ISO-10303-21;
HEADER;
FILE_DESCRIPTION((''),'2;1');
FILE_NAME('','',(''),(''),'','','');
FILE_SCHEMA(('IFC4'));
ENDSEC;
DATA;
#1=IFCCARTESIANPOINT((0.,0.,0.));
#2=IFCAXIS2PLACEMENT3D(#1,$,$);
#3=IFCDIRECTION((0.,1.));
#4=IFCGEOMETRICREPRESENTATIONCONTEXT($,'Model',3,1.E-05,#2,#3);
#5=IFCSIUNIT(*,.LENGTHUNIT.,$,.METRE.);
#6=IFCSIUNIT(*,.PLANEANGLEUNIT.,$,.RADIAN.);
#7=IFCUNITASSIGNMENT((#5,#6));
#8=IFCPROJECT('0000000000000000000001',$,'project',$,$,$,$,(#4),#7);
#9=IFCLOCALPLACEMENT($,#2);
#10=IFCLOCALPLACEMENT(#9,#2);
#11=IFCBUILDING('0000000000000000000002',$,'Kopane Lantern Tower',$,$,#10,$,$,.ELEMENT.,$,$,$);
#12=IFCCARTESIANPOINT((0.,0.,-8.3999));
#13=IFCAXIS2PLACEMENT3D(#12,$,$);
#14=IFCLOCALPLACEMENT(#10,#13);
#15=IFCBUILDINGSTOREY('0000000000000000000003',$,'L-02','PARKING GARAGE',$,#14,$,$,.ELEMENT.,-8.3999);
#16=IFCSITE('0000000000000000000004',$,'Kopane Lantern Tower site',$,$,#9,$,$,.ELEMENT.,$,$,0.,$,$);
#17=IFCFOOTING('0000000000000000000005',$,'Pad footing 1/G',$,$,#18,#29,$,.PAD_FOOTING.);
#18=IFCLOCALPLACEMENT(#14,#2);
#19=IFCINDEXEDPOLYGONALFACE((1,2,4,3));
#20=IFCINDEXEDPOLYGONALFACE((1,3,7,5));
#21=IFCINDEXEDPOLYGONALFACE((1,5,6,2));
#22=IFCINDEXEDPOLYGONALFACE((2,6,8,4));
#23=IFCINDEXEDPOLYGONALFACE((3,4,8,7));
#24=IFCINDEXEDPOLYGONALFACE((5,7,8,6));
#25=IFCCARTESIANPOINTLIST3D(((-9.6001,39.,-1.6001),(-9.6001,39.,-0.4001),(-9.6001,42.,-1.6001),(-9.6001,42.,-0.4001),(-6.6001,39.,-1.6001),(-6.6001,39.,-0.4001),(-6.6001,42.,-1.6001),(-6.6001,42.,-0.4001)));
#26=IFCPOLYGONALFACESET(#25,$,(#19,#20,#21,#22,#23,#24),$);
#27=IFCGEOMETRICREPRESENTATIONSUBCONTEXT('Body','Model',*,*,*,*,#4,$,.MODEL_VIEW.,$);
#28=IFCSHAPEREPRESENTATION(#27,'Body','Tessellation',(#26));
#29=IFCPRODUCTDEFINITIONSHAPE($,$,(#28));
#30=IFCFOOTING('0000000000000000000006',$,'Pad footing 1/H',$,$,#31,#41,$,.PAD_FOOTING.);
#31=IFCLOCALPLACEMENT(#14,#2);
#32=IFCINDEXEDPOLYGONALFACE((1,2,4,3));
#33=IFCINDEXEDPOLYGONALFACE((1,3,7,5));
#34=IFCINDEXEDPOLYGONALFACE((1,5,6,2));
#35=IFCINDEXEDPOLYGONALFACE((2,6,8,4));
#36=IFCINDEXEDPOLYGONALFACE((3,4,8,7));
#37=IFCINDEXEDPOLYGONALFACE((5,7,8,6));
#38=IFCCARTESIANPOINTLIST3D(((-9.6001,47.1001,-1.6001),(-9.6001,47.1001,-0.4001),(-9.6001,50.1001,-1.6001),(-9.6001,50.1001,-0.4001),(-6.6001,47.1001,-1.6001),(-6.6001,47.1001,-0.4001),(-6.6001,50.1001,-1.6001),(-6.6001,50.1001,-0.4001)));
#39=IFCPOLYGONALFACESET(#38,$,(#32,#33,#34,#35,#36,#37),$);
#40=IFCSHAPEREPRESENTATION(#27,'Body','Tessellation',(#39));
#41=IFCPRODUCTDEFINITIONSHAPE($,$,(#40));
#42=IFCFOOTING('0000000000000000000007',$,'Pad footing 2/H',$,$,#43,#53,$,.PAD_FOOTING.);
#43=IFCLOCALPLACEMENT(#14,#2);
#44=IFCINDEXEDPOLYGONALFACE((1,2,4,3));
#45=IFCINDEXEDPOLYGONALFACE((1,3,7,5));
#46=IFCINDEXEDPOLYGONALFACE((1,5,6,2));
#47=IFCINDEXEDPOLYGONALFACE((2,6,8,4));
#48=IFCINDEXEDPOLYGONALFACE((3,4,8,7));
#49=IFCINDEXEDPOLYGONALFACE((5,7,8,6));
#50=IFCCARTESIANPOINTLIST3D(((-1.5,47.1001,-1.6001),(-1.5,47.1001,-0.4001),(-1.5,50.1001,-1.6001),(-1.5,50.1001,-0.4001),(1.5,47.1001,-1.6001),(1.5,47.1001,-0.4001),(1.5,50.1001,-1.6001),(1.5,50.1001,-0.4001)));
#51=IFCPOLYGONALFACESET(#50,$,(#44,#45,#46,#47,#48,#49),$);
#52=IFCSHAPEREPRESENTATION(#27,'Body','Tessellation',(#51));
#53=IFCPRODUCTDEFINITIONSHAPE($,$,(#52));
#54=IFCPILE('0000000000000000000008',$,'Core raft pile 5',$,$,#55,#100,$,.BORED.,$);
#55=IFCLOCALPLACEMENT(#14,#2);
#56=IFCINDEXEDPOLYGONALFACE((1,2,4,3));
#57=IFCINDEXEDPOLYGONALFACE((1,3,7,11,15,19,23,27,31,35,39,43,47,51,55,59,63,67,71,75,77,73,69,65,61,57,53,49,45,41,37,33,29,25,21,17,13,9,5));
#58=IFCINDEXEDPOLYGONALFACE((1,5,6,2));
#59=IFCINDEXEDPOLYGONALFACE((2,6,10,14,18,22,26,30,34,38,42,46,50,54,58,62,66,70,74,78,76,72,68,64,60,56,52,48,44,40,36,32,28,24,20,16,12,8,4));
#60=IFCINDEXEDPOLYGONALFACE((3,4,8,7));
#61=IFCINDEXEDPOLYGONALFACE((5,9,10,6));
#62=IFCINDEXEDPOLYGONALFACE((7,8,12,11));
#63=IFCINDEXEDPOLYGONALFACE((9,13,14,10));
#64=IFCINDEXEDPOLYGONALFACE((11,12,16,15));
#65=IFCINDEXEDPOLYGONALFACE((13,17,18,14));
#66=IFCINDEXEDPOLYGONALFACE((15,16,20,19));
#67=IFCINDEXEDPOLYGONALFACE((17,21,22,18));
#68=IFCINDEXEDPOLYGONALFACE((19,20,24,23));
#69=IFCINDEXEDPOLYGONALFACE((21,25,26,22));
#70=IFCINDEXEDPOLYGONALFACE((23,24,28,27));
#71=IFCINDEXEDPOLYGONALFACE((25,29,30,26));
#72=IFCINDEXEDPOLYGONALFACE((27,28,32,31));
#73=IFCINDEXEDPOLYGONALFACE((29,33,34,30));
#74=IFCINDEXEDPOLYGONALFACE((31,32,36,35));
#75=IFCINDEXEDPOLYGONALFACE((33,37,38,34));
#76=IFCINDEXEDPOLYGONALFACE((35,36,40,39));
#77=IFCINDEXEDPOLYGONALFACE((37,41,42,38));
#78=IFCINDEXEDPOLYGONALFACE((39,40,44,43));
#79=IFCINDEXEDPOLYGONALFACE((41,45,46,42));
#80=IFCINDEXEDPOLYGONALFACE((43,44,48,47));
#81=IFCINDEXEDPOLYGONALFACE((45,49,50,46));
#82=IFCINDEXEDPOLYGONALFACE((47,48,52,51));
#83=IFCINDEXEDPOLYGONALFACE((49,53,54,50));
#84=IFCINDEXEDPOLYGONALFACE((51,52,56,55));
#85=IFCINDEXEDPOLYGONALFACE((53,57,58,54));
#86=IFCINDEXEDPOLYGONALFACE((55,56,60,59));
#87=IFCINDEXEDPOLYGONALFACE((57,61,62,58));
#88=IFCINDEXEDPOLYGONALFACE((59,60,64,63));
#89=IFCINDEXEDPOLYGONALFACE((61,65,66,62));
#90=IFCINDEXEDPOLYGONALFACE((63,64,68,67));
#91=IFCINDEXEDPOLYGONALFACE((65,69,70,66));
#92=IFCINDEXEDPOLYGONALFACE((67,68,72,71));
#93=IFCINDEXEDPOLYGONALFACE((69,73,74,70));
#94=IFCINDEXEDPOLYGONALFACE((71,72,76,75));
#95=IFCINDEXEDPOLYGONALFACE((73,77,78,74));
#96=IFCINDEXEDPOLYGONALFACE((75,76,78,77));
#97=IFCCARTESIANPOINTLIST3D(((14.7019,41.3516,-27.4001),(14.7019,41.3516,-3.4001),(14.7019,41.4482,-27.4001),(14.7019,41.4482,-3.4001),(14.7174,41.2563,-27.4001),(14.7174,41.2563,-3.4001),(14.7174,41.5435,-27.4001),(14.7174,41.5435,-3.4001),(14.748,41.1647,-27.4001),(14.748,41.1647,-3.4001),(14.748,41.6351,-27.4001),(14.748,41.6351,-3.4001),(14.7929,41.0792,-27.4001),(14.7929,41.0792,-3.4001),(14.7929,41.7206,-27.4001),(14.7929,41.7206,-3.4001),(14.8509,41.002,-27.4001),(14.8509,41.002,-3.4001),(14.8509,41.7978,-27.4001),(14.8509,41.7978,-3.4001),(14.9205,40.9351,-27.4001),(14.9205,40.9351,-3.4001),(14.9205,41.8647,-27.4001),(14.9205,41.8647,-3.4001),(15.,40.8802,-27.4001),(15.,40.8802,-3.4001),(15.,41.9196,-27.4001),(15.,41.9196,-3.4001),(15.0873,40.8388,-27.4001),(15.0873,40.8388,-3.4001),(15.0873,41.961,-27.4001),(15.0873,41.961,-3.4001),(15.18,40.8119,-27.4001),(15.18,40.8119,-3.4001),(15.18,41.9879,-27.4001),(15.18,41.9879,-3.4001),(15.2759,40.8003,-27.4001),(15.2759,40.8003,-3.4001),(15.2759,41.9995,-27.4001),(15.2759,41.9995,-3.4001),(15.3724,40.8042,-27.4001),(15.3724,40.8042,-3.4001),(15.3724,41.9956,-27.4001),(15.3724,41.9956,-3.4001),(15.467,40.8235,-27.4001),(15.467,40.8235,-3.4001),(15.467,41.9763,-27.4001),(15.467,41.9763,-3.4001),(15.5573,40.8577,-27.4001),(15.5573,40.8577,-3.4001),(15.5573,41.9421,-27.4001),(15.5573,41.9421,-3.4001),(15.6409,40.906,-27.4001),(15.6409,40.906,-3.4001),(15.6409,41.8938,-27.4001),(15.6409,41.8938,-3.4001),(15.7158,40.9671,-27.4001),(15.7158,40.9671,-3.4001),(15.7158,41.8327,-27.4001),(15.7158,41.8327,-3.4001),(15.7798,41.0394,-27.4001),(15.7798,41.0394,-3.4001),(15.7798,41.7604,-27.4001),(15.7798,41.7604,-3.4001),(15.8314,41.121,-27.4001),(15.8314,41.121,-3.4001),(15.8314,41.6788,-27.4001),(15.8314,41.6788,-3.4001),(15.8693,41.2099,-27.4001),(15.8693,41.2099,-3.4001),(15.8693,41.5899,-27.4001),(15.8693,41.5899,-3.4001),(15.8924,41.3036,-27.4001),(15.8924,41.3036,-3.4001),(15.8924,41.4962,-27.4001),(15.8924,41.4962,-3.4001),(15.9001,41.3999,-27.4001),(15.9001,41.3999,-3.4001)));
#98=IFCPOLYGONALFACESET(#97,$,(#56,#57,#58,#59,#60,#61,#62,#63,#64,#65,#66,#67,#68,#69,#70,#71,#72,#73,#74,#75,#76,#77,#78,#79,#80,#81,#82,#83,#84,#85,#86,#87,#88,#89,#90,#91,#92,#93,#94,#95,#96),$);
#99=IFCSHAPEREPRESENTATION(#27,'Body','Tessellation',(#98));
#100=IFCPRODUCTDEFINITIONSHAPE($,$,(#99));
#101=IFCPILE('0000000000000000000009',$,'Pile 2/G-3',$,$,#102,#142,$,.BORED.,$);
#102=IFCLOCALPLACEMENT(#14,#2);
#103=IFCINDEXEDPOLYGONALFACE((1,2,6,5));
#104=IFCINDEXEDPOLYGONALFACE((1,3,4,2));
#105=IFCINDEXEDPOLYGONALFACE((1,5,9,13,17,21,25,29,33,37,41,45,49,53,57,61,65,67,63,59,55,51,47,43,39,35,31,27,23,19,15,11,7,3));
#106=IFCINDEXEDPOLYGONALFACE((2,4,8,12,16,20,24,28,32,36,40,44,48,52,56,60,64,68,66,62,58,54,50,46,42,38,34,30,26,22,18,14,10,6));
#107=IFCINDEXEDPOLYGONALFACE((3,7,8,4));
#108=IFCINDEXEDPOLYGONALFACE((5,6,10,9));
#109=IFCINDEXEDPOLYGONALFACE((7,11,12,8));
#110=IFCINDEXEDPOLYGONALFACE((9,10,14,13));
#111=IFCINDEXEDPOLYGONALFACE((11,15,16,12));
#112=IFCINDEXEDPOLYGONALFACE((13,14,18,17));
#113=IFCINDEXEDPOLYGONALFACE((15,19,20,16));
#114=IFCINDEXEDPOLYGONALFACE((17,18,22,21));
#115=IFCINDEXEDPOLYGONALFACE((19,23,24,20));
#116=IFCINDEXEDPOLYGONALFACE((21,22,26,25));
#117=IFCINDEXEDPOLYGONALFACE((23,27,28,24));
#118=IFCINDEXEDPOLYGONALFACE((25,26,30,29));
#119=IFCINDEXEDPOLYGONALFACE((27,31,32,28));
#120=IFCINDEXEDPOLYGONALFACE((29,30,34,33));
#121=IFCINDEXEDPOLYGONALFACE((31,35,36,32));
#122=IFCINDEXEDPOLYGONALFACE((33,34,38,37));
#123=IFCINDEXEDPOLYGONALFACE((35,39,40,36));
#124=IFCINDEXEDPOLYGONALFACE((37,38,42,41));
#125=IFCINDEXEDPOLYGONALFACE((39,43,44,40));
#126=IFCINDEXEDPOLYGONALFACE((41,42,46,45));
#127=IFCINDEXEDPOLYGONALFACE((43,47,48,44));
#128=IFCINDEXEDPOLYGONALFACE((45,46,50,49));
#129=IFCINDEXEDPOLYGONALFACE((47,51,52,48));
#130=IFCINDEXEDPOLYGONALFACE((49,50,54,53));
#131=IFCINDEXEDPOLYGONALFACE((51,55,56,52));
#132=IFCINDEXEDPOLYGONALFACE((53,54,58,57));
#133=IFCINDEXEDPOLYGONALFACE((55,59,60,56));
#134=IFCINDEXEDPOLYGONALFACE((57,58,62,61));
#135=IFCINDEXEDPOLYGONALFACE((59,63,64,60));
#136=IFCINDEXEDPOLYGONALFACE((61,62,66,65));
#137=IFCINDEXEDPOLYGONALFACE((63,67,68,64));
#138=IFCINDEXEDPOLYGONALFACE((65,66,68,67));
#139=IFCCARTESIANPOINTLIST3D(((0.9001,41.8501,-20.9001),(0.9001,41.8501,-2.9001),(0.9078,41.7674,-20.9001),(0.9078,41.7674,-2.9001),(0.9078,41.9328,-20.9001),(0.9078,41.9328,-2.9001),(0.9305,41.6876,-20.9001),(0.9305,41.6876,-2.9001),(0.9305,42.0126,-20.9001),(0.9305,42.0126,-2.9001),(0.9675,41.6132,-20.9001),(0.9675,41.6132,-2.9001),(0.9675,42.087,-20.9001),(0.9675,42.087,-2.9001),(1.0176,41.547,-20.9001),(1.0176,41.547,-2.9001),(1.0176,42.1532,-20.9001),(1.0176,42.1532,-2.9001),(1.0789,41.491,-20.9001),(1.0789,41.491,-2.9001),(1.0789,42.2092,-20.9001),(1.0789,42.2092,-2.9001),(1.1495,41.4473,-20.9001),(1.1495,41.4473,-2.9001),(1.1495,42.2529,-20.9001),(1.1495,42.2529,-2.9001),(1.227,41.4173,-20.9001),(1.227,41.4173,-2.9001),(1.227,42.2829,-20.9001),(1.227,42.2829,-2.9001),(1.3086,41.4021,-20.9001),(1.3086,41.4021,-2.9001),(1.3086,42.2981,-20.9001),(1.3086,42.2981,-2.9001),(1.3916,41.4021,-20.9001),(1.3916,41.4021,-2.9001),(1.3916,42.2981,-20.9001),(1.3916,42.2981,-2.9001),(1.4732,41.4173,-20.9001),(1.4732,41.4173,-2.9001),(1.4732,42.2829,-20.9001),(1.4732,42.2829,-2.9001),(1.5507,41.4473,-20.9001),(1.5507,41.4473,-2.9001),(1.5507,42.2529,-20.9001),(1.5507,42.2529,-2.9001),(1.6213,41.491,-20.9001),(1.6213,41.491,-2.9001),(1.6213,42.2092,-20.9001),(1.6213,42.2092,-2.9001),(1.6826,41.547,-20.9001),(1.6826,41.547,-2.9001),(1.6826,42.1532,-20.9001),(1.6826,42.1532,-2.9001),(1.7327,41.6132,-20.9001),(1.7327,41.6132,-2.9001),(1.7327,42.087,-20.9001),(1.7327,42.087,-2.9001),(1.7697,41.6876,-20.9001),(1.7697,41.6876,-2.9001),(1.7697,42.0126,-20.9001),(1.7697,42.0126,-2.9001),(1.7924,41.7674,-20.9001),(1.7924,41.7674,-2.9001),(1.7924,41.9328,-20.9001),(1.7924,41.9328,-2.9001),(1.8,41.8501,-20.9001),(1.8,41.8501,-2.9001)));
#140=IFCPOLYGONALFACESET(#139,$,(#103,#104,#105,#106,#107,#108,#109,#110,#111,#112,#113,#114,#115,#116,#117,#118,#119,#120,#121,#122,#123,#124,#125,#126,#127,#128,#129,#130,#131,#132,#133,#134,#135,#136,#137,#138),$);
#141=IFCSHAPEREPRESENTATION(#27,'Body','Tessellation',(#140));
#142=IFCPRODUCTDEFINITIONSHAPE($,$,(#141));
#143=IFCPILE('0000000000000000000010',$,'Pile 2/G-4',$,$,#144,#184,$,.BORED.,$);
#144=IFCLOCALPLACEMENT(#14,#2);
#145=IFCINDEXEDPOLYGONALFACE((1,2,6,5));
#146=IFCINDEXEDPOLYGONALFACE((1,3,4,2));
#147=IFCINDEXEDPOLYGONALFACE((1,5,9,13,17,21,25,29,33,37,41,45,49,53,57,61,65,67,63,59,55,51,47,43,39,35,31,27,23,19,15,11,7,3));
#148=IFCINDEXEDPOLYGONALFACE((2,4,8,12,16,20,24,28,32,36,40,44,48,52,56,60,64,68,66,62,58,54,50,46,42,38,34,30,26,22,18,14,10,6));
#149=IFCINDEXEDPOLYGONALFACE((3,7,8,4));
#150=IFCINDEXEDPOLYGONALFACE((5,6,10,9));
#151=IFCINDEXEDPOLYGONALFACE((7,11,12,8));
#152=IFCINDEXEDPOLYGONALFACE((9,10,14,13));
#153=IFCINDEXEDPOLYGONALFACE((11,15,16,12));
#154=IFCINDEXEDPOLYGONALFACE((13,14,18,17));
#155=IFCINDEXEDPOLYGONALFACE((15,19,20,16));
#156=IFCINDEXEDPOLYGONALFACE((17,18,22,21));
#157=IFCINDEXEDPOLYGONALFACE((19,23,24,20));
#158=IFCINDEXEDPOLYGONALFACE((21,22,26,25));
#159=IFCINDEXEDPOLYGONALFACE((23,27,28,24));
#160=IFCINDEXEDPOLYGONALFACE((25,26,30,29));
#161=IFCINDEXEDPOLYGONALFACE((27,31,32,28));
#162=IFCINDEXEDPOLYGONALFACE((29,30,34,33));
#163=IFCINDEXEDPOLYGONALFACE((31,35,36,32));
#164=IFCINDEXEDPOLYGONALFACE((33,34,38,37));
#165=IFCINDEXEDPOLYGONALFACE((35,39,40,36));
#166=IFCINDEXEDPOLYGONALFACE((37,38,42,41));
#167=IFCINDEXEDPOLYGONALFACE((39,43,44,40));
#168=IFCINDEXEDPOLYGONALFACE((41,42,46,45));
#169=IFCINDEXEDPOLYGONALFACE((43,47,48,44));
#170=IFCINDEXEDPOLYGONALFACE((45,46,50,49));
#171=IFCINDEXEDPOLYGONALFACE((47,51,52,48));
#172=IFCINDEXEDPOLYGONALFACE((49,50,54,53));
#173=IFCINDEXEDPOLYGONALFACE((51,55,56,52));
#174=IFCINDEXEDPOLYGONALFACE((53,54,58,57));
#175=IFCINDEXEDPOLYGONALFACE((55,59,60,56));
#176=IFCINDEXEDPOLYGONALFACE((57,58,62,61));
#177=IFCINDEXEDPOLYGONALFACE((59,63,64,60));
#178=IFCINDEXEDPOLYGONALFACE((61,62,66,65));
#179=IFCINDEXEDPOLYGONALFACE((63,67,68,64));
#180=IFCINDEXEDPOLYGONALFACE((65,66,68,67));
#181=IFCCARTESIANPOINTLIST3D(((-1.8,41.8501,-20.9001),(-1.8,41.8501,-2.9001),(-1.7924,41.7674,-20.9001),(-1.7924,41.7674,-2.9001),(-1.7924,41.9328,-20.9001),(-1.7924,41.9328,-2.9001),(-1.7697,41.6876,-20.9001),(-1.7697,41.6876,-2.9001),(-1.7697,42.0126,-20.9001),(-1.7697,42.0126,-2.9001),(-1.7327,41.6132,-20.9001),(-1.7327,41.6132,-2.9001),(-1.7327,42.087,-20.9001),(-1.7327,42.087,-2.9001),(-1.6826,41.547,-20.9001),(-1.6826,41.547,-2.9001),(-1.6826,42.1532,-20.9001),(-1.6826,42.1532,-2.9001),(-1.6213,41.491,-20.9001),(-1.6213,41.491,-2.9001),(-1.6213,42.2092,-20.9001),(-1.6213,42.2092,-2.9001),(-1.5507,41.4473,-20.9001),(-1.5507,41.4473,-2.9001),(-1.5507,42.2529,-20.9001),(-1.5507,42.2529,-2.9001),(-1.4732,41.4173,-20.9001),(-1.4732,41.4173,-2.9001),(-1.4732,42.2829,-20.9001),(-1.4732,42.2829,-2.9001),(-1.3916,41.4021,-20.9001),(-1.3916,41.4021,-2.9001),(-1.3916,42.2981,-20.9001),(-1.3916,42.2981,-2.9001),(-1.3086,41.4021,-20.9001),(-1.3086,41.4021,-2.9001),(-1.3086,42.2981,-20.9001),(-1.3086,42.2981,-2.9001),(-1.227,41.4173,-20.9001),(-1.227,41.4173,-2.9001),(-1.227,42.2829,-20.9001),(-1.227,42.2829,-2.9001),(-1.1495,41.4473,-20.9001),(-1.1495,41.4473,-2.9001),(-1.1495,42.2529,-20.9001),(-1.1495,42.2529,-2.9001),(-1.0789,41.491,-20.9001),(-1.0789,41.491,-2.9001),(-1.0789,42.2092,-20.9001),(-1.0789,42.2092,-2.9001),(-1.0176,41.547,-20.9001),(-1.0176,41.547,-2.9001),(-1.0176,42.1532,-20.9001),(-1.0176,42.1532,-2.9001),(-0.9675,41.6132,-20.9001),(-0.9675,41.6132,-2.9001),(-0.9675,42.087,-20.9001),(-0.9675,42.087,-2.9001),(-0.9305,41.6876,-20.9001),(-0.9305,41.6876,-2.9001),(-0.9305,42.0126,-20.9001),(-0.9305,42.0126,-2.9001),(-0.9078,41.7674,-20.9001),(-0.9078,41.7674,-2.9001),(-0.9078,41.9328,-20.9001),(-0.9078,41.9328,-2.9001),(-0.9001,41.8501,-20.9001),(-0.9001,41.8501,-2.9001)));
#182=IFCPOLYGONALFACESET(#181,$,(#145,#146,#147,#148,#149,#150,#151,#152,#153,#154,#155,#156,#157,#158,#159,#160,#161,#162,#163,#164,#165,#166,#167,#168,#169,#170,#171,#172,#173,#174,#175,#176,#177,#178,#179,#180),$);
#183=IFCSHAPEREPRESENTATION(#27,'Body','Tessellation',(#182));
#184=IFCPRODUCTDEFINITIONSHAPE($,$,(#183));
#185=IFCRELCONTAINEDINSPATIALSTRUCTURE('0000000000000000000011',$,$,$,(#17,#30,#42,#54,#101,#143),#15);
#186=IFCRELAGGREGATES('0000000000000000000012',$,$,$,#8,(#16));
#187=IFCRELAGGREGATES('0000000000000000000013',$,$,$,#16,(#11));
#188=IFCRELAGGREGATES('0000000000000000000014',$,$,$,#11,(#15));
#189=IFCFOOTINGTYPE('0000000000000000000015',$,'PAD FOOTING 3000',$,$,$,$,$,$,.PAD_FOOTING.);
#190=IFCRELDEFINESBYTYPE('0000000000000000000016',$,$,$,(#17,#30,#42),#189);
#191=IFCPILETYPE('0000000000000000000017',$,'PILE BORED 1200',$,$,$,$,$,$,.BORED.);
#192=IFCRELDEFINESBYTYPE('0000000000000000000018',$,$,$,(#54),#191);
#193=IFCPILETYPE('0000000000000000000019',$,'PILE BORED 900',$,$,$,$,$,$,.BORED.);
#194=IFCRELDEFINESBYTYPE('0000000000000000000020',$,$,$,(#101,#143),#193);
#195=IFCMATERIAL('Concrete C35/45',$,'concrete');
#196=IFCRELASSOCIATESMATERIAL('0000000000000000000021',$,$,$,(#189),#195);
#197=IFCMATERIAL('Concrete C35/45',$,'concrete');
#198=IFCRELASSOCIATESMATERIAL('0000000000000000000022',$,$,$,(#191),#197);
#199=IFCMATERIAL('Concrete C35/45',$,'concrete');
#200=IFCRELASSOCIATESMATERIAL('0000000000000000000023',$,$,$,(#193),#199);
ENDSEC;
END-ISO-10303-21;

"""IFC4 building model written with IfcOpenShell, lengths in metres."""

from ifc_helpers import new_model, si_unit, direction, frame, origin, origin_2d, place, context, subcontext, project, spatial, rectangle, circle, extrude, material, material_profile, profile_set, type_object, element, save


model = new_model("IFC4")

# Units and contexts
model_context = context("Model", 3, precision=1e-05, world=origin(), true_north=direction((0.0, 1.0)))
body_context = subcontext(model_context, "Body", "Model", "MODEL_VIEW")
ifc_project = project(units=[si_unit("LENGTHUNIT", "METRE"), si_unit("PLANEANGLEUNIT", "RADIAN")], contexts=[model_context])

# Site, building, storey
site_placement = place(None, origin())
site = spatial("IfcSite", under=ifc_project, at=site_placement, Name="Kopane Lantern Tower site", CompositionType="ELEMENT", RefElevation=0.0)
building_placement = place(site_placement, origin())
building = spatial("IfcBuilding", under=site, at=building_placement, Name="Kopane Lantern Tower", CompositionType="ELEMENT")
storey_placement = place(building_placement, frame((0.0, 0.0, -8.3999)))
storey = spatial("IfcBuildingStorey", under=building, at=storey_placement, Name="L-02", Description="PARKING GARAGE", CompositionType="ELEMENT", Elevation=-8.3999)

# Footings
ifc_material_1 = material(Name="Concrete C35/45", Category="concrete")
footing_type_1 = type_object("IfcFootingType", Name="PAD FOOTING 3000", PredefinedType="PAD_FOOTING", material=ifc_material_1)
for number, where, z_axis, x_axis, name in (
    (1, (-8.1001, 40.5, -1.6001), (0.0, 0.0, 1.0), (1.0, 0.0, 0.0), "Pad footing 1/G"),
    (2, (-8.1001, 48.6001, -1.6001), (0.0, 0.0, 1.0), (1.0, 0.0, 0.0), "Pad footing 1/H"),
    (3, (0.0, 48.6001, -1.6001), (0.0, 0.0, 1.0), (1.0, 0.0, 0.0), "Pad footing 2/H"),
):
    element("IfcFooting", number, at=place(storey_placement, frame(where, z_axis=z_axis, x_axis=x_axis)), inside=storey, type_object=footing_type_1, Name=name, PredefinedType="PAD_FOOTING", context=body_context, shape_type="SweptSolid", body=[
        extrude(rectangle(XDim=3.0, YDim=3.0, at=origin_2d()), origin(), (0.0, 0.0, 1.0), 1.2),
    ])

# Piles
ifc_material_2 = material(Name="Concrete C35/45", Category="concrete")
ifc_material_profile_1 = material_profile(ifc_material_2, circle(Radius=0.6001, at=origin_2d()), Name="D1200")
ifc_profile_set_1 = profile_set([ifc_material_profile_1], Name="Concrete C35/45")
pile_type_1 = type_object("IfcPileType", Name="PILE BORED 1200", PredefinedType="BORED", material=ifc_profile_set_1)
pile_placement = place(storey_placement, frame((15.3, 41.3999, -3.4001), z_axis=(0.0, 0.0, -1.0), x_axis=(1.0, 0.0, 0.0)))
element("IfcPile", 4, at=pile_placement, inside=storey, type_object=pile_type_1, Name="Core raft pile 5", PredefinedType="BORED", context=body_context, shape_type="SweptSolid", body=[
    extrude(circle(Radius=0.6001, at=origin_2d()), origin(), (0.0, 0.0, 1.0), 24.0),
])
ifc_material_3 = material(Name="Concrete C35/45", Category="concrete")
ifc_material_profile_2 = material_profile(ifc_material_3, circle(Radius=0.45, at=origin_2d()), Name="D900")
ifc_profile_set_2 = profile_set([ifc_material_profile_2], Name="Concrete C35/45")
pile_type_2 = type_object("IfcPileType", Name="PILE BORED 900", PredefinedType="BORED", material=ifc_profile_set_2)
for number, where, z_axis, x_axis, name in (
    (5, (1.3501, 41.8501, -2.9001), (0.0, 0.0, -1.0), (1.0, 0.0, 0.0), "Pile 2/G-3"),
    (6, (-1.3501, 41.8501, -2.9001), (0.0, 0.0, -1.0), (1.0, 0.0, 0.0), "Pile 2/G-4"),
):
    element("IfcPile", number, at=place(storey_placement, frame(where, z_axis=z_axis, x_axis=x_axis)), inside=storey, type_object=pile_type_2, Name=name, PredefinedType="BORED", context=body_context, shape_type="SweptSolid", body=[
        extrude(circle(Radius=0.45, at=origin_2d()), origin(), (0.0, 0.0, 1.0), 18.0),
    ])

save(model, "model.ifc")
